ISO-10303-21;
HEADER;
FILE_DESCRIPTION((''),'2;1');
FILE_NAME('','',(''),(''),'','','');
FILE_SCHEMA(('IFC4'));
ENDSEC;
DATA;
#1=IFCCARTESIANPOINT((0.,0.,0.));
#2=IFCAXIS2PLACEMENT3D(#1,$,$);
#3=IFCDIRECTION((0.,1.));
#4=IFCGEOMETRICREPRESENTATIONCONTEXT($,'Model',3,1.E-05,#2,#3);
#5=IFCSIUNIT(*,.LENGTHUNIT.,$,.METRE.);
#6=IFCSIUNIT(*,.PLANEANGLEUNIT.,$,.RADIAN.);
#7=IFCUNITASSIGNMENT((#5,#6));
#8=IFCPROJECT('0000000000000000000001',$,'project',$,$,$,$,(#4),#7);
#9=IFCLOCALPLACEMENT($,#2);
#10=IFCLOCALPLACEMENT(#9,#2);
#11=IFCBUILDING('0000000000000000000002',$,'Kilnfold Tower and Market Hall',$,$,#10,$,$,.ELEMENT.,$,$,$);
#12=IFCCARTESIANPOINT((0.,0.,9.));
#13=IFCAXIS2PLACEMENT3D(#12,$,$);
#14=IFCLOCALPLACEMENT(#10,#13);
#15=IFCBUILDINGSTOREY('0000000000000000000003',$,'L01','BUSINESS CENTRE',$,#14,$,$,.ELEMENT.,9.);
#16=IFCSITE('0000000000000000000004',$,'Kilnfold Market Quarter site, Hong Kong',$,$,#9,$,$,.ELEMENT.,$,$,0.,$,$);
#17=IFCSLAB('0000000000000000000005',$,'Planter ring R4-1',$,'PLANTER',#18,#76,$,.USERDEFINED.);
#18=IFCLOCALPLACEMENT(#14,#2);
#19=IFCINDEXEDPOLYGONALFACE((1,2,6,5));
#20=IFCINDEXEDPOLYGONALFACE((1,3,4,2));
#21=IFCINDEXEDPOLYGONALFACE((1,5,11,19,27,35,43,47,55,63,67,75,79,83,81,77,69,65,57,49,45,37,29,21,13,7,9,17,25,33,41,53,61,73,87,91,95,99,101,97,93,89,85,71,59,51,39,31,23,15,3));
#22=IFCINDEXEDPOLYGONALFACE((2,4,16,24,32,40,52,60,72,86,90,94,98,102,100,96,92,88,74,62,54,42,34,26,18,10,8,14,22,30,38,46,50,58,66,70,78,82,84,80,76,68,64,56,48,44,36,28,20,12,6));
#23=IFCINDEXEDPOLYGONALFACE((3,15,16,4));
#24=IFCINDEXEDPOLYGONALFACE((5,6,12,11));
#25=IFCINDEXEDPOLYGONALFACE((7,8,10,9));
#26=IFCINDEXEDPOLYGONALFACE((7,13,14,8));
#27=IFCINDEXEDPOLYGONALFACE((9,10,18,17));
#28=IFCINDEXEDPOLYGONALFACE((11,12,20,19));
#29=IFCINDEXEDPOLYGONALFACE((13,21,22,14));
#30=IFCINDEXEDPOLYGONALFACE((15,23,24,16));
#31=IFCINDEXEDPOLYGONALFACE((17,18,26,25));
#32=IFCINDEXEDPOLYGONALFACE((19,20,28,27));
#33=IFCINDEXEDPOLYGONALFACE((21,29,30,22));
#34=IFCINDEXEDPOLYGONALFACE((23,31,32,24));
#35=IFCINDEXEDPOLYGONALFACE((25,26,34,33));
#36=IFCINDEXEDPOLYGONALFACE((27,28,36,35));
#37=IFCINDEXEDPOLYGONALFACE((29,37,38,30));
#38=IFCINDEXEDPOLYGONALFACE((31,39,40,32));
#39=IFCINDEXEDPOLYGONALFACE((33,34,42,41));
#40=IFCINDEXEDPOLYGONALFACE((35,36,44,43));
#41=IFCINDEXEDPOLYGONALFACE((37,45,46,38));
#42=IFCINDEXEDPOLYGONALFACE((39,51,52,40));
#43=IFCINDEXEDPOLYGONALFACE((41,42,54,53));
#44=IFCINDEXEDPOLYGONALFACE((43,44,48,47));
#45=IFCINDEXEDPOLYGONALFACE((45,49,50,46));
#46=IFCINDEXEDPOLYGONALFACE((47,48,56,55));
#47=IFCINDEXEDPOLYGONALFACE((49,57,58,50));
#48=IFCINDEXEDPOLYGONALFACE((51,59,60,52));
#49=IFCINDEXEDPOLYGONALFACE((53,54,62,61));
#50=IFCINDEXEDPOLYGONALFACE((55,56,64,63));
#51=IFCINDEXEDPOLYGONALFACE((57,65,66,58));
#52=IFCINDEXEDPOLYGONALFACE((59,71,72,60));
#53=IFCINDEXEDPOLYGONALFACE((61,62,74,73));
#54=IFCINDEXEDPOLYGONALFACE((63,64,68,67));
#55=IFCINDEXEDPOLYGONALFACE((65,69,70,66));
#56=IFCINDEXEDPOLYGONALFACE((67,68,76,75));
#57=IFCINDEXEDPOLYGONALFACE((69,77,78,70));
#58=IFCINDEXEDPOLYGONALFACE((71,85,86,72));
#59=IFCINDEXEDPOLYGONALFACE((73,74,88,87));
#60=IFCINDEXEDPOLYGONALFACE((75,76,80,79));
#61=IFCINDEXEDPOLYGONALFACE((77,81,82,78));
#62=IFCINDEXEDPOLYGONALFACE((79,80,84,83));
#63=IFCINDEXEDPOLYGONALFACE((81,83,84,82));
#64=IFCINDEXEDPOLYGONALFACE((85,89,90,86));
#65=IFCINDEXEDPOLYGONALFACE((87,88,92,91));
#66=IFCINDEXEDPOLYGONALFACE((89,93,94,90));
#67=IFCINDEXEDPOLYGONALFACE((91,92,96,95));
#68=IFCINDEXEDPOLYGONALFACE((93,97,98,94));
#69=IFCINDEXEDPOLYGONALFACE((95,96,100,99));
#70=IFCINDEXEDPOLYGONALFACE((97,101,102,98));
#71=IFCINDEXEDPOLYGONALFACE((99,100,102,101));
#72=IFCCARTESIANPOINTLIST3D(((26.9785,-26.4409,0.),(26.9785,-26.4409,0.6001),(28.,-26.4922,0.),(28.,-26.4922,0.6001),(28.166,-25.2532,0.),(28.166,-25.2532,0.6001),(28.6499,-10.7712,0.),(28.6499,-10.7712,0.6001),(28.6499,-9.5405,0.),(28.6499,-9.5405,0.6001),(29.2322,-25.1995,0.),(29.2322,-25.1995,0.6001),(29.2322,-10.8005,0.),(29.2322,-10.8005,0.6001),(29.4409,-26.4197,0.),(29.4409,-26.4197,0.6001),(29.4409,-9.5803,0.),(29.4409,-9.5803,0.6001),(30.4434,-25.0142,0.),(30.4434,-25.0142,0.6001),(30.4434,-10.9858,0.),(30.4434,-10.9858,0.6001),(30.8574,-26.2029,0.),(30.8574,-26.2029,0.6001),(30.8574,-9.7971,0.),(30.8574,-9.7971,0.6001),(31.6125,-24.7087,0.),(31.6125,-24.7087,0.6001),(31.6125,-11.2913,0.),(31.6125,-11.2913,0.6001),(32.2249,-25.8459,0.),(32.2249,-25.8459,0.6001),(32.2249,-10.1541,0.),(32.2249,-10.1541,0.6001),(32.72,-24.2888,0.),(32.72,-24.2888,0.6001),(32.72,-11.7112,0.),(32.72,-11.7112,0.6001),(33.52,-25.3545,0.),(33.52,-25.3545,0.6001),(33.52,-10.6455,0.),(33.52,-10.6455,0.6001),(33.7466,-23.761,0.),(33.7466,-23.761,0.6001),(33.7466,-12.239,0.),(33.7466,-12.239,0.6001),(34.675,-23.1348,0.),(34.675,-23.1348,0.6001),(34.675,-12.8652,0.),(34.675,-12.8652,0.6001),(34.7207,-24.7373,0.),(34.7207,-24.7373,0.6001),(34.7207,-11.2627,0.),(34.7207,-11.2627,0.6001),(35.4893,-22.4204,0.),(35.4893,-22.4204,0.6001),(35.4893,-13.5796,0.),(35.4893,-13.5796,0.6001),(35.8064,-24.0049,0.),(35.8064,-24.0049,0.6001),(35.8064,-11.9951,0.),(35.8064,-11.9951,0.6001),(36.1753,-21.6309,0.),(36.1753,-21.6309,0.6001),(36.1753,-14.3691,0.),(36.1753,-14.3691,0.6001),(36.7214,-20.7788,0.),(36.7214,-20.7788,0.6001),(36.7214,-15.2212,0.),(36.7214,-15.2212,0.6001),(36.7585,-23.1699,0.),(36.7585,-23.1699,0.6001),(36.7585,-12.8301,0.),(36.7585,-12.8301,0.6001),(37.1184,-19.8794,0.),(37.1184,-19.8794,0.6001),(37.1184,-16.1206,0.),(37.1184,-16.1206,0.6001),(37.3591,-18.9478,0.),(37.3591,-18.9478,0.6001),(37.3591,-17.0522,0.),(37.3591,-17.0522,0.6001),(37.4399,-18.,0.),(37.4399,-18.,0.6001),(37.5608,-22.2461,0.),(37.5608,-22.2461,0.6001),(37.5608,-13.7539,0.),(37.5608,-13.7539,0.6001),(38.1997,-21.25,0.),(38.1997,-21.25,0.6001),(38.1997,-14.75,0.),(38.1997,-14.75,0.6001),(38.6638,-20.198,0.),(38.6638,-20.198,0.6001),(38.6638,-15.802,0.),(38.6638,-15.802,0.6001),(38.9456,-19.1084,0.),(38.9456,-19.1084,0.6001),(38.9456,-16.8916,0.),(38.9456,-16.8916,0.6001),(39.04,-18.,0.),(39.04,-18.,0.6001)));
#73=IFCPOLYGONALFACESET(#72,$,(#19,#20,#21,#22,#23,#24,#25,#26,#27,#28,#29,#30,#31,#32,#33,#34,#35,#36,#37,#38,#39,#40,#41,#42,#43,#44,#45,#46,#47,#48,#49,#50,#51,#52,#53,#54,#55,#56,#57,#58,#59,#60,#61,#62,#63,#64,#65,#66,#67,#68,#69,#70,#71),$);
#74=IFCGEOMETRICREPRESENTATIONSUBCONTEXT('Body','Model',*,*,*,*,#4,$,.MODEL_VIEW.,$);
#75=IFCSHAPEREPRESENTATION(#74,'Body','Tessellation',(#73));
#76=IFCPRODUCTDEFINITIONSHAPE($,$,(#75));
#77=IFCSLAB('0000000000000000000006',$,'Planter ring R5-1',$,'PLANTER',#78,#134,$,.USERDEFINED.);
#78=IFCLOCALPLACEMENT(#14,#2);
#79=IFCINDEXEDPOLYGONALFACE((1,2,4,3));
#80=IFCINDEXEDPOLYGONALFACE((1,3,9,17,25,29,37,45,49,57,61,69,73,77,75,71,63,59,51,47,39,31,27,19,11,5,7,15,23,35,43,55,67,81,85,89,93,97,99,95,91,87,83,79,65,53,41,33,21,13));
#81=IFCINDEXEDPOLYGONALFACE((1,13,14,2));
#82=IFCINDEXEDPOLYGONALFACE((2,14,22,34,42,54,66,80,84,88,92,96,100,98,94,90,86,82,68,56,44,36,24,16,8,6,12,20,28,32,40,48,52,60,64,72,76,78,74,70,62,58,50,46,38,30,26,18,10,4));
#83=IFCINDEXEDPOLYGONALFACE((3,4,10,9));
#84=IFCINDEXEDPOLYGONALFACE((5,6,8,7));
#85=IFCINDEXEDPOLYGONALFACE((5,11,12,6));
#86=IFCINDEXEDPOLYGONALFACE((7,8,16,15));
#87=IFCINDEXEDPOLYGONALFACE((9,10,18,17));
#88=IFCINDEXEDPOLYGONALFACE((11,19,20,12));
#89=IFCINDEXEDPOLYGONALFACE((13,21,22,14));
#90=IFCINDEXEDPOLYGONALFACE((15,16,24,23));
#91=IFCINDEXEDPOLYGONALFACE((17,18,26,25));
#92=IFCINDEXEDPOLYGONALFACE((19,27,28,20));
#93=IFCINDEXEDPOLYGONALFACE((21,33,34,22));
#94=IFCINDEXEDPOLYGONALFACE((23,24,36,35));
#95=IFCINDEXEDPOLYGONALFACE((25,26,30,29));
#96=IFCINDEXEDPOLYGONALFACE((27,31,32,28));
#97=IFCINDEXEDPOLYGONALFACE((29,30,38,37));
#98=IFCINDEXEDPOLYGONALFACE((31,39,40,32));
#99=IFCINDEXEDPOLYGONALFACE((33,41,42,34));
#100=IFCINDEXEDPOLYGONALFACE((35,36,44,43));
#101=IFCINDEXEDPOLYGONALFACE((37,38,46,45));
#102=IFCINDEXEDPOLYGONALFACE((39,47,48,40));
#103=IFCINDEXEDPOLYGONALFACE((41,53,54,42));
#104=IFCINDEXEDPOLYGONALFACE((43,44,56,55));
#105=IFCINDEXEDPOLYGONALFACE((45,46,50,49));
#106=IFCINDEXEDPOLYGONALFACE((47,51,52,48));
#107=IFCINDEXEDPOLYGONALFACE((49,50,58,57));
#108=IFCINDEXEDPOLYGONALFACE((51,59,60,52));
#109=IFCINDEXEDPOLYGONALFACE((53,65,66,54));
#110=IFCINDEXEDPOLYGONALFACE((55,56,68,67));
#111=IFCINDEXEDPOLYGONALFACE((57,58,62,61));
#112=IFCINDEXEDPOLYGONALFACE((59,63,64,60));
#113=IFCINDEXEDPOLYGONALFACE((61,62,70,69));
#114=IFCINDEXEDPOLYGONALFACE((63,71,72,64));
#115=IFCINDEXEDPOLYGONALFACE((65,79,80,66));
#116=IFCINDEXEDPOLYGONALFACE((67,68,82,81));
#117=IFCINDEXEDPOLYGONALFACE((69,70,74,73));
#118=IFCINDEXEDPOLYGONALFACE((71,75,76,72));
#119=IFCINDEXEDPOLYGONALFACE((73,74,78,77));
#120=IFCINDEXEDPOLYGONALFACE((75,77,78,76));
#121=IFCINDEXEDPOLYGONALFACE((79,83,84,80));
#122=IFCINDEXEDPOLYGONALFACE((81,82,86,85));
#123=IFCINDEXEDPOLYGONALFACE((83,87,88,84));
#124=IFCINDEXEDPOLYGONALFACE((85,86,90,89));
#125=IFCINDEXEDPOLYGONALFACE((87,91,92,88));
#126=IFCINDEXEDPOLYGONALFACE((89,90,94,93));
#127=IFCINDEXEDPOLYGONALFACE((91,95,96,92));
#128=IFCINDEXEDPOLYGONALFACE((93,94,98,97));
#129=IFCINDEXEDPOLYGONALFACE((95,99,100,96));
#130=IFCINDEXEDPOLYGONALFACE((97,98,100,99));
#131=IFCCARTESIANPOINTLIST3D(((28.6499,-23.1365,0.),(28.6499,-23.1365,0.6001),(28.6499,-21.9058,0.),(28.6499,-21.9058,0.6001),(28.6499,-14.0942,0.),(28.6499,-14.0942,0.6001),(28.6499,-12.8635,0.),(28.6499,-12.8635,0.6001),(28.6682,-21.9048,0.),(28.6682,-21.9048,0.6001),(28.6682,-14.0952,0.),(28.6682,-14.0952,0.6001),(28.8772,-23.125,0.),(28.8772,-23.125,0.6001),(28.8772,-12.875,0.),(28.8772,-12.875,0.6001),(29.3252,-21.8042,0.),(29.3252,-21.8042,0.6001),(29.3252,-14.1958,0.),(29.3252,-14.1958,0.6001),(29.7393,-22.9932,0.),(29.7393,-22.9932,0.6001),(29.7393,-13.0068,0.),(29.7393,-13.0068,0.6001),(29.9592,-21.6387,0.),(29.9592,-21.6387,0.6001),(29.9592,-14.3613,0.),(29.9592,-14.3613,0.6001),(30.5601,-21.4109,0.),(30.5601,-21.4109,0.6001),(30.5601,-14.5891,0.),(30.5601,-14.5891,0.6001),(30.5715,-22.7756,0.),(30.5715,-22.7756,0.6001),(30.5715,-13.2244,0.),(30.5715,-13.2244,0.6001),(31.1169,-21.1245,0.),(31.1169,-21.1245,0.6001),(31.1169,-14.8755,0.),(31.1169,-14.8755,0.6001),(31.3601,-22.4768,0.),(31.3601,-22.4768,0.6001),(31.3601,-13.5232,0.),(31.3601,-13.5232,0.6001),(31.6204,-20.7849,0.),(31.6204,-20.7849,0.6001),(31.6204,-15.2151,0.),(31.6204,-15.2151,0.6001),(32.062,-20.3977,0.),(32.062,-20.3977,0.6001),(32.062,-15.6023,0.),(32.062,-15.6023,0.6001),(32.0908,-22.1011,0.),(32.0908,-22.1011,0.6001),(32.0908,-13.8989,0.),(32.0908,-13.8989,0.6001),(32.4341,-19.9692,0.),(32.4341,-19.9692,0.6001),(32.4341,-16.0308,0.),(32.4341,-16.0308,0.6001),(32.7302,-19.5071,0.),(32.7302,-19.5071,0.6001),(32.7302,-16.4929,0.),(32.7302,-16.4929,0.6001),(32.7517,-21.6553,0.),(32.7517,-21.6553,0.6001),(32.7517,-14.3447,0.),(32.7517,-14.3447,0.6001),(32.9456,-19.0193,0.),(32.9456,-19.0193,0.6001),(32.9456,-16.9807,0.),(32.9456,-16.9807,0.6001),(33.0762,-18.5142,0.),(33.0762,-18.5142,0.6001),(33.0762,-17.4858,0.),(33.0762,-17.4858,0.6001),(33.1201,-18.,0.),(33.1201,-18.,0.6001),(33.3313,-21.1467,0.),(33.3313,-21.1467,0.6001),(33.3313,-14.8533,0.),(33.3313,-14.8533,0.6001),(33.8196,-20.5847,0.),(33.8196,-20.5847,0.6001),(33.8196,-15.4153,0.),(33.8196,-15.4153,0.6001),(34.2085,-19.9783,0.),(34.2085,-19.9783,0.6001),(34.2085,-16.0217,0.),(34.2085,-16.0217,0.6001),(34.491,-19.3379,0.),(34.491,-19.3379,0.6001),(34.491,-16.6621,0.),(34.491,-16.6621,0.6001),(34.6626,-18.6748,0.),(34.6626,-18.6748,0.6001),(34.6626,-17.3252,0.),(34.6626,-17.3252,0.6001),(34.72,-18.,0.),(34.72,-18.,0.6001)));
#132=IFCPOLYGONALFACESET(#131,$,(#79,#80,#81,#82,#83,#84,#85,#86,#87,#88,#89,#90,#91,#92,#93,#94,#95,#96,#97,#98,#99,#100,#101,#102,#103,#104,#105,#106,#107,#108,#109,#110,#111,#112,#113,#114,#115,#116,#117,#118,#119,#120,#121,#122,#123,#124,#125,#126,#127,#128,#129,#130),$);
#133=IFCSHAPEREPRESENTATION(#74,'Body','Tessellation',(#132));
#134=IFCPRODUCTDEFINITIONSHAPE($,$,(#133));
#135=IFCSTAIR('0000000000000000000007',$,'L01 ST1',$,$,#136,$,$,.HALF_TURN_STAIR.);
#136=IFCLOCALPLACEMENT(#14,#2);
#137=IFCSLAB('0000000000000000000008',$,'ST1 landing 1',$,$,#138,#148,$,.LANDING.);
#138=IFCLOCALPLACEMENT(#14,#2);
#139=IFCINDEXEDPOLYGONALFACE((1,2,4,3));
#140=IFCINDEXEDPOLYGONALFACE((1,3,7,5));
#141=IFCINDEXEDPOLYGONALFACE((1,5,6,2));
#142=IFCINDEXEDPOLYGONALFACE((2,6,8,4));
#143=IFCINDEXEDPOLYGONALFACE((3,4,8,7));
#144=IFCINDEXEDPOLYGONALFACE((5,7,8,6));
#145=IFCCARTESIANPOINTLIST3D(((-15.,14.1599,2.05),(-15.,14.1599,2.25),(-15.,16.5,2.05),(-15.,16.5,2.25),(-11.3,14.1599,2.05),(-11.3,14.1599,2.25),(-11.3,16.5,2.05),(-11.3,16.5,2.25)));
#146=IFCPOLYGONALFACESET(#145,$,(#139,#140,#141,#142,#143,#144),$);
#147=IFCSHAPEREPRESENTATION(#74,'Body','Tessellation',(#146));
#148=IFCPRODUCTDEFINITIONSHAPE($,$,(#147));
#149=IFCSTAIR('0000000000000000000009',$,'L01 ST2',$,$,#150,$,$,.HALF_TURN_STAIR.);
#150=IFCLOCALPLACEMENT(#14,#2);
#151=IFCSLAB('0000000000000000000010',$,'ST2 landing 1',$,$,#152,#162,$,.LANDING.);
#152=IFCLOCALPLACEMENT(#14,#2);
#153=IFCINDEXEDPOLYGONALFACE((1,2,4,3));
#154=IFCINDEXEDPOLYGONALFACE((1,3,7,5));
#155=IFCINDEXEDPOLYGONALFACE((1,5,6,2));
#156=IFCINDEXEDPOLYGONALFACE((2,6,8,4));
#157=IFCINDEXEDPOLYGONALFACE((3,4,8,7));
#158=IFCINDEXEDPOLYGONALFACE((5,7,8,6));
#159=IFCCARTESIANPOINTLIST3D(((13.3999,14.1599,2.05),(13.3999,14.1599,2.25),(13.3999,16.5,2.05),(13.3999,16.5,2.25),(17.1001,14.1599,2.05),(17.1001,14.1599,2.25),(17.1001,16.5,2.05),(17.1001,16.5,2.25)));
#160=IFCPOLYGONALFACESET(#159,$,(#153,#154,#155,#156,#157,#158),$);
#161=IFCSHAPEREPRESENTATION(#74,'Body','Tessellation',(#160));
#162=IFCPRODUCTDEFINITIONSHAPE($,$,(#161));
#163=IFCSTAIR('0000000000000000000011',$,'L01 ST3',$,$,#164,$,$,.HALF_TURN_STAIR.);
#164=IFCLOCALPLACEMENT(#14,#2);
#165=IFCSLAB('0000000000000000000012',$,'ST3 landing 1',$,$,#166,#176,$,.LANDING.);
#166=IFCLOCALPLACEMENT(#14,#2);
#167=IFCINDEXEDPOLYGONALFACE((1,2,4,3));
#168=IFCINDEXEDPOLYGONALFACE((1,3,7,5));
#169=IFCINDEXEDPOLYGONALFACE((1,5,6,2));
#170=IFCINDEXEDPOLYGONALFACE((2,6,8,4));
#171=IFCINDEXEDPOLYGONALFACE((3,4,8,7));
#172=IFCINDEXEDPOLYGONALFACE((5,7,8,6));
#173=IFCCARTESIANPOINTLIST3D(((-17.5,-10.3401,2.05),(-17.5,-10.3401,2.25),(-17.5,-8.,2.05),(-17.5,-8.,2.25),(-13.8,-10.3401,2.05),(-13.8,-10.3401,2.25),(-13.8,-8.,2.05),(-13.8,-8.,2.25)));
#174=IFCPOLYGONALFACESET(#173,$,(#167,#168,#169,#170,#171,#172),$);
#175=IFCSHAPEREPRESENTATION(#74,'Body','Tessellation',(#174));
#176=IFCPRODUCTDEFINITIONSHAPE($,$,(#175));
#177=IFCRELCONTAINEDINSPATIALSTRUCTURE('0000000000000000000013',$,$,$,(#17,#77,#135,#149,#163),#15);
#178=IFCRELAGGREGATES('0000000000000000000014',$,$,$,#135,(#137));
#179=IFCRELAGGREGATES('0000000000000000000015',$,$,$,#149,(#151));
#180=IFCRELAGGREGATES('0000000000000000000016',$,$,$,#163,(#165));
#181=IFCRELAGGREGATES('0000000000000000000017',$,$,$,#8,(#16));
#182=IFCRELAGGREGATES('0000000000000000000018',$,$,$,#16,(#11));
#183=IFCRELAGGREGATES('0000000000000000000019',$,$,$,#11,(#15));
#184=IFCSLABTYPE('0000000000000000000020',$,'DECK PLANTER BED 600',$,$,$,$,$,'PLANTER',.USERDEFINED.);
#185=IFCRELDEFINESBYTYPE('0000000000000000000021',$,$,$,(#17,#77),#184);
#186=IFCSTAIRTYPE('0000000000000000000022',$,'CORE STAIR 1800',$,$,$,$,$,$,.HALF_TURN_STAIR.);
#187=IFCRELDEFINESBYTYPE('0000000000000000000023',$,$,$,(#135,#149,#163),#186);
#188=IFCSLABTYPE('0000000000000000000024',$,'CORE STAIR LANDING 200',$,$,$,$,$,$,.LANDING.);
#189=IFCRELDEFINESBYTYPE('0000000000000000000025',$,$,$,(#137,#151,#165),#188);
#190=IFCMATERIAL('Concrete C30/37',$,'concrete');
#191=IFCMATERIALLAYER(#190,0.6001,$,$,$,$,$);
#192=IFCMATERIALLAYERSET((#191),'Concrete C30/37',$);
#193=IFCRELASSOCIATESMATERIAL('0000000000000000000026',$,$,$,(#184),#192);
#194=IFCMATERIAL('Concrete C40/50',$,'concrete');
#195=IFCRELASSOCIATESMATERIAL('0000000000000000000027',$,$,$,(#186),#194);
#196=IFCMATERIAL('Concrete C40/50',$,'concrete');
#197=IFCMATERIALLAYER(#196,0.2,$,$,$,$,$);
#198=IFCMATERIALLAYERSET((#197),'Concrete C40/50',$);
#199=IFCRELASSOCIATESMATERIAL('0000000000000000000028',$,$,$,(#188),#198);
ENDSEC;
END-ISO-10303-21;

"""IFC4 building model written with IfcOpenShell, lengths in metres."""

from ifc_helpers import new_model, si_unit, direction, frame, origin, place, context, subcontext, project, spatial, polyline, outline, extrude, source, transform, mapped, material, layer, layer_set, type_object, element, aggregate, save


model = new_model("IFC4")

# Units and contexts
model_context = context("Model", 3, precision=1e-05, world=origin(), true_north=direction((0.0, 1.0)))
body_context = subcontext(model_context, "Body", "Model", "MODEL_VIEW")
ifc_project = project(units=[si_unit("LENGTHUNIT", "METRE"), si_unit("PLANEANGLEUNIT", "RADIAN")], contexts=[model_context])

# Site, building, storey
site_placement = place(None, origin())
site = spatial("IfcSite", under=ifc_project, at=site_placement, Name="Kilnfold Market Quarter site, Hong Kong", CompositionType="ELEMENT", RefElevation=0.0)
building_placement = place(site_placement, origin())
building = spatial("IfcBuilding", under=site, at=building_placement, Name="Kilnfold Tower and Market Hall", CompositionType="ELEMENT")
storey_placement = place(building_placement, frame((0.0, 0.0, 9.0)))
storey = spatial("IfcBuildingStorey", under=building, at=storey_placement, Name="L01", Description="BUSINESS CENTRE", CompositionType="ELEMENT", Elevation=9.0)

# Slabs
ifc_material_1 = material(Name="Concrete C30/37", Category="concrete")
ifc_layer_1 = layer(ifc_material_1, 0.6001)
ifc_layer_set_1 = layer_set([ifc_layer_1], Name="Concrete C30/37")
slab_type_1 = type_object("IfcSlabType", Name="DECK PLANTER BED 600", ElementType="PLANTER", PredefinedType="USERDEFINED", material=ifc_layer_set_1)
shared_shape_1 = source(origin(), body_context, "Body", "SweptSolid", [
    extrude(outline(polyline([(28.0, -26.4922), (29.4409, -26.4197), (30.8574, -26.2029), (32.2249, -25.8459), (33.52, -25.3545), (34.7207, -24.7373), (35.8064, -24.0049), (36.7585, -23.1699), (37.5608, -22.2461), (38.1997, -21.25), (38.6638, -20.198), (38.9456, -19.1084), (39.04, -18.0), (38.9456, -16.8916), (38.6638, -15.802), (38.1997, -14.75), (37.5608, -13.7539), (36.7585, -12.8301), (35.8064, -11.9951), (34.7207, -11.2627), (33.52, -10.6455), (32.2249, -10.1541), (30.8574, -9.7971), (29.4409, -9.5803), (28.6499, -9.5405), (28.6499, -10.7712), (29.2322, -10.8005), (30.4434, -10.9858), (31.6125, -11.2913), (32.72, -11.7112), (33.7466, -12.239), (34.675, -12.8652), (35.4893, -13.5796), (36.1753, -14.3691), (36.7214, -15.2212), (37.1184, -16.1206), (37.3591, -17.0522), (37.4399, -18.0), (37.3591, -18.9478), (37.1184, -19.8794), (36.7214, -20.7788), (36.1753, -21.6309), (35.4893, -22.4204), (34.675, -23.1348), (33.7466, -23.761), (32.72, -24.2888), (31.6125, -24.7087), (30.4434, -25.0142), (29.2322, -25.1995), (28.166, -25.2532), (26.9785, -26.4409), (28.0, -26.4922)])), origin(), (0.0, 0.0, 1.0), 0.6001),
])
slab_1_placement = place(storey_placement, origin())
element("IfcSlab", 1, at=slab_1_placement, inside=storey, type_object=slab_type_1, Name="Planter ring R4-1", ObjectType="PLANTER", PredefinedType="USERDEFINED", context=body_context, shape_type="MappedRepresentation", body=[
    mapped(shared_shape_1, transform((0.0, 0.0, 0.0))),
])
shared_shape_2 = source(origin(), body_context, "Body", "SweptSolid", [
    extrude(outline(polyline([(28.6499, -23.1365), (28.8772, -23.125), (29.7393, -22.9932), (30.5715, -22.7756), (31.3601, -22.4768), (32.0908, -22.1011), (32.7517, -21.6553), (33.3313, -21.1467), (33.8196, -20.5847), (34.2085, -19.9783), (34.491, -19.3379), (34.6626, -18.6748), (34.72, -18.0), (34.6626, -17.3252), (34.491, -16.6621), (34.2085, -16.0217), (33.8196, -15.4153), (33.3313, -14.8533), (32.7517, -14.3447), (32.0908, -13.8989), (31.3601, -13.5232), (30.5715, -13.2244), (29.7393, -13.0068), (28.8772, -12.875), (28.6499, -12.8635), (28.6499, -14.0942), (28.6682, -14.0952), (29.3252, -14.1958), (29.9592, -14.3613), (30.5601, -14.5891), (31.1169, -14.8755), (31.6204, -15.2151), (32.062, -15.6023), (32.4341, -16.0308), (32.7302, -16.4929), (32.9456, -16.9807), (33.0762, -17.4858), (33.1201, -18.0), (33.0762, -18.5142), (32.9456, -19.0193), (32.7302, -19.5071), (32.4341, -19.9692), (32.062, -20.3977), (31.6204, -20.7849), (31.1169, -21.1245), (30.5601, -21.4109), (29.9592, -21.6387), (29.3252, -21.8042), (28.6682, -21.9048), (28.6499, -21.9058), (28.6499, -23.1365)])), origin(), (0.0, 0.0, 1.0), 0.6001),
])
slab_2_placement = place(storey_placement, origin())
element("IfcSlab", 2, at=slab_2_placement, inside=storey, type_object=slab_type_1, Name="Planter ring R5-1", ObjectType="PLANTER", PredefinedType="USERDEFINED", context=body_context, shape_type="MappedRepresentation", body=[
    mapped(shared_shape_2, transform((0.0, 0.0, 0.0))),
])

# Stairs, slabs
ifc_material_2 = material(Name="Concrete C40/50", Category="concrete")
stair_type_1 = type_object("IfcStairType", Name="CORE STAIR 1800", PredefinedType="HALF_TURN_STAIR", material=ifc_material_2)
stair_1_placement = place(storey_placement, origin())
stair_1 = element("IfcStair", 3, at=stair_1_placement, inside=storey, type_object=stair_type_1, Name="L01 ST1", PredefinedType="HALF_TURN_STAIR")
ifc_material_3 = material(Name="Concrete C40/50", Category="concrete")
ifc_layer_2 = layer(ifc_material_3, 0.2)
ifc_layer_set_2 = layer_set([ifc_layer_2], Name="Concrete C40/50")
slab_type_2 = type_object("IfcSlabType", Name="CORE STAIR LANDING 200", PredefinedType="LANDING", material=ifc_layer_set_2)
shared_shape_3 = source(origin(), body_context, "Body", "SweptSolid", [
    extrude(outline(polyline([(-11.3, 14.1599), (-11.3, 16.5), (-15.0, 16.5), (-15.0, 14.1599), (-11.3, 14.1599)])), origin(), (0.0, 0.0, 1.0), 0.2),
])
slab_3_placement = place(storey_placement, frame((0.0, 0.0, 2.05)))
slab_3 = element("IfcSlab", 4, at=slab_3_placement, type_object=slab_type_2, Name="ST1 landing 1", PredefinedType="LANDING", context=body_context, shape_type="MappedRepresentation", body=[
    mapped(shared_shape_3, transform((0.0, 0.0, 0.0))),
])
aggregate(stair_1, [slab_3])
stair_2_placement = place(storey_placement, origin())
stair_2 = element("IfcStair", 5, at=stair_2_placement, inside=storey, type_object=stair_type_1, Name="L01 ST2", PredefinedType="HALF_TURN_STAIR")
shared_shape_4 = source(origin(), body_context, "Body", "SweptSolid", [
    extrude(outline(polyline([(17.1001, 14.1599), (17.1001, 16.5), (13.3999, 16.5), (13.3999, 14.1599), (17.1001, 14.1599)])), origin(), (0.0, 0.0, 1.0), 0.2),
])
slab_4_placement = place(storey_placement, frame((0.0, 0.0, 2.05)))
slab_4 = element("IfcSlab", 6, at=slab_4_placement, type_object=slab_type_2, Name="ST2 landing 1", PredefinedType="LANDING", context=body_context, shape_type="MappedRepresentation", body=[
    mapped(shared_shape_4, transform((0.0, 0.0, 0.0))),
])
aggregate(stair_2, [slab_4])
stair_3_placement = place(storey_placement, origin())
stair_3 = element("IfcStair", 7, at=stair_3_placement, inside=storey, type_object=stair_type_1, Name="L01 ST3", PredefinedType="HALF_TURN_STAIR")
shared_shape_5 = source(origin(), body_context, "Body", "SweptSolid", [
    extrude(outline(polyline([(-13.8, -10.3401), (-13.8, -8.0), (-17.5, -8.0), (-17.5, -10.3401), (-13.8, -10.3401)])), origin(), (0.0, 0.0, 1.0), 0.2),
])
slab_5_placement = place(storey_placement, frame((0.0, 0.0, 2.05)))
slab_5 = element("IfcSlab", 8, at=slab_5_placement, type_object=slab_type_2, Name="ST3 landing 1", PredefinedType="LANDING", context=body_context, shape_type="MappedRepresentation", body=[
    mapped(shared_shape_5, transform((0.0, 0.0, 0.0))),
])
aggregate(stair_3, [slab_5])

save(model, "model.ifc")
